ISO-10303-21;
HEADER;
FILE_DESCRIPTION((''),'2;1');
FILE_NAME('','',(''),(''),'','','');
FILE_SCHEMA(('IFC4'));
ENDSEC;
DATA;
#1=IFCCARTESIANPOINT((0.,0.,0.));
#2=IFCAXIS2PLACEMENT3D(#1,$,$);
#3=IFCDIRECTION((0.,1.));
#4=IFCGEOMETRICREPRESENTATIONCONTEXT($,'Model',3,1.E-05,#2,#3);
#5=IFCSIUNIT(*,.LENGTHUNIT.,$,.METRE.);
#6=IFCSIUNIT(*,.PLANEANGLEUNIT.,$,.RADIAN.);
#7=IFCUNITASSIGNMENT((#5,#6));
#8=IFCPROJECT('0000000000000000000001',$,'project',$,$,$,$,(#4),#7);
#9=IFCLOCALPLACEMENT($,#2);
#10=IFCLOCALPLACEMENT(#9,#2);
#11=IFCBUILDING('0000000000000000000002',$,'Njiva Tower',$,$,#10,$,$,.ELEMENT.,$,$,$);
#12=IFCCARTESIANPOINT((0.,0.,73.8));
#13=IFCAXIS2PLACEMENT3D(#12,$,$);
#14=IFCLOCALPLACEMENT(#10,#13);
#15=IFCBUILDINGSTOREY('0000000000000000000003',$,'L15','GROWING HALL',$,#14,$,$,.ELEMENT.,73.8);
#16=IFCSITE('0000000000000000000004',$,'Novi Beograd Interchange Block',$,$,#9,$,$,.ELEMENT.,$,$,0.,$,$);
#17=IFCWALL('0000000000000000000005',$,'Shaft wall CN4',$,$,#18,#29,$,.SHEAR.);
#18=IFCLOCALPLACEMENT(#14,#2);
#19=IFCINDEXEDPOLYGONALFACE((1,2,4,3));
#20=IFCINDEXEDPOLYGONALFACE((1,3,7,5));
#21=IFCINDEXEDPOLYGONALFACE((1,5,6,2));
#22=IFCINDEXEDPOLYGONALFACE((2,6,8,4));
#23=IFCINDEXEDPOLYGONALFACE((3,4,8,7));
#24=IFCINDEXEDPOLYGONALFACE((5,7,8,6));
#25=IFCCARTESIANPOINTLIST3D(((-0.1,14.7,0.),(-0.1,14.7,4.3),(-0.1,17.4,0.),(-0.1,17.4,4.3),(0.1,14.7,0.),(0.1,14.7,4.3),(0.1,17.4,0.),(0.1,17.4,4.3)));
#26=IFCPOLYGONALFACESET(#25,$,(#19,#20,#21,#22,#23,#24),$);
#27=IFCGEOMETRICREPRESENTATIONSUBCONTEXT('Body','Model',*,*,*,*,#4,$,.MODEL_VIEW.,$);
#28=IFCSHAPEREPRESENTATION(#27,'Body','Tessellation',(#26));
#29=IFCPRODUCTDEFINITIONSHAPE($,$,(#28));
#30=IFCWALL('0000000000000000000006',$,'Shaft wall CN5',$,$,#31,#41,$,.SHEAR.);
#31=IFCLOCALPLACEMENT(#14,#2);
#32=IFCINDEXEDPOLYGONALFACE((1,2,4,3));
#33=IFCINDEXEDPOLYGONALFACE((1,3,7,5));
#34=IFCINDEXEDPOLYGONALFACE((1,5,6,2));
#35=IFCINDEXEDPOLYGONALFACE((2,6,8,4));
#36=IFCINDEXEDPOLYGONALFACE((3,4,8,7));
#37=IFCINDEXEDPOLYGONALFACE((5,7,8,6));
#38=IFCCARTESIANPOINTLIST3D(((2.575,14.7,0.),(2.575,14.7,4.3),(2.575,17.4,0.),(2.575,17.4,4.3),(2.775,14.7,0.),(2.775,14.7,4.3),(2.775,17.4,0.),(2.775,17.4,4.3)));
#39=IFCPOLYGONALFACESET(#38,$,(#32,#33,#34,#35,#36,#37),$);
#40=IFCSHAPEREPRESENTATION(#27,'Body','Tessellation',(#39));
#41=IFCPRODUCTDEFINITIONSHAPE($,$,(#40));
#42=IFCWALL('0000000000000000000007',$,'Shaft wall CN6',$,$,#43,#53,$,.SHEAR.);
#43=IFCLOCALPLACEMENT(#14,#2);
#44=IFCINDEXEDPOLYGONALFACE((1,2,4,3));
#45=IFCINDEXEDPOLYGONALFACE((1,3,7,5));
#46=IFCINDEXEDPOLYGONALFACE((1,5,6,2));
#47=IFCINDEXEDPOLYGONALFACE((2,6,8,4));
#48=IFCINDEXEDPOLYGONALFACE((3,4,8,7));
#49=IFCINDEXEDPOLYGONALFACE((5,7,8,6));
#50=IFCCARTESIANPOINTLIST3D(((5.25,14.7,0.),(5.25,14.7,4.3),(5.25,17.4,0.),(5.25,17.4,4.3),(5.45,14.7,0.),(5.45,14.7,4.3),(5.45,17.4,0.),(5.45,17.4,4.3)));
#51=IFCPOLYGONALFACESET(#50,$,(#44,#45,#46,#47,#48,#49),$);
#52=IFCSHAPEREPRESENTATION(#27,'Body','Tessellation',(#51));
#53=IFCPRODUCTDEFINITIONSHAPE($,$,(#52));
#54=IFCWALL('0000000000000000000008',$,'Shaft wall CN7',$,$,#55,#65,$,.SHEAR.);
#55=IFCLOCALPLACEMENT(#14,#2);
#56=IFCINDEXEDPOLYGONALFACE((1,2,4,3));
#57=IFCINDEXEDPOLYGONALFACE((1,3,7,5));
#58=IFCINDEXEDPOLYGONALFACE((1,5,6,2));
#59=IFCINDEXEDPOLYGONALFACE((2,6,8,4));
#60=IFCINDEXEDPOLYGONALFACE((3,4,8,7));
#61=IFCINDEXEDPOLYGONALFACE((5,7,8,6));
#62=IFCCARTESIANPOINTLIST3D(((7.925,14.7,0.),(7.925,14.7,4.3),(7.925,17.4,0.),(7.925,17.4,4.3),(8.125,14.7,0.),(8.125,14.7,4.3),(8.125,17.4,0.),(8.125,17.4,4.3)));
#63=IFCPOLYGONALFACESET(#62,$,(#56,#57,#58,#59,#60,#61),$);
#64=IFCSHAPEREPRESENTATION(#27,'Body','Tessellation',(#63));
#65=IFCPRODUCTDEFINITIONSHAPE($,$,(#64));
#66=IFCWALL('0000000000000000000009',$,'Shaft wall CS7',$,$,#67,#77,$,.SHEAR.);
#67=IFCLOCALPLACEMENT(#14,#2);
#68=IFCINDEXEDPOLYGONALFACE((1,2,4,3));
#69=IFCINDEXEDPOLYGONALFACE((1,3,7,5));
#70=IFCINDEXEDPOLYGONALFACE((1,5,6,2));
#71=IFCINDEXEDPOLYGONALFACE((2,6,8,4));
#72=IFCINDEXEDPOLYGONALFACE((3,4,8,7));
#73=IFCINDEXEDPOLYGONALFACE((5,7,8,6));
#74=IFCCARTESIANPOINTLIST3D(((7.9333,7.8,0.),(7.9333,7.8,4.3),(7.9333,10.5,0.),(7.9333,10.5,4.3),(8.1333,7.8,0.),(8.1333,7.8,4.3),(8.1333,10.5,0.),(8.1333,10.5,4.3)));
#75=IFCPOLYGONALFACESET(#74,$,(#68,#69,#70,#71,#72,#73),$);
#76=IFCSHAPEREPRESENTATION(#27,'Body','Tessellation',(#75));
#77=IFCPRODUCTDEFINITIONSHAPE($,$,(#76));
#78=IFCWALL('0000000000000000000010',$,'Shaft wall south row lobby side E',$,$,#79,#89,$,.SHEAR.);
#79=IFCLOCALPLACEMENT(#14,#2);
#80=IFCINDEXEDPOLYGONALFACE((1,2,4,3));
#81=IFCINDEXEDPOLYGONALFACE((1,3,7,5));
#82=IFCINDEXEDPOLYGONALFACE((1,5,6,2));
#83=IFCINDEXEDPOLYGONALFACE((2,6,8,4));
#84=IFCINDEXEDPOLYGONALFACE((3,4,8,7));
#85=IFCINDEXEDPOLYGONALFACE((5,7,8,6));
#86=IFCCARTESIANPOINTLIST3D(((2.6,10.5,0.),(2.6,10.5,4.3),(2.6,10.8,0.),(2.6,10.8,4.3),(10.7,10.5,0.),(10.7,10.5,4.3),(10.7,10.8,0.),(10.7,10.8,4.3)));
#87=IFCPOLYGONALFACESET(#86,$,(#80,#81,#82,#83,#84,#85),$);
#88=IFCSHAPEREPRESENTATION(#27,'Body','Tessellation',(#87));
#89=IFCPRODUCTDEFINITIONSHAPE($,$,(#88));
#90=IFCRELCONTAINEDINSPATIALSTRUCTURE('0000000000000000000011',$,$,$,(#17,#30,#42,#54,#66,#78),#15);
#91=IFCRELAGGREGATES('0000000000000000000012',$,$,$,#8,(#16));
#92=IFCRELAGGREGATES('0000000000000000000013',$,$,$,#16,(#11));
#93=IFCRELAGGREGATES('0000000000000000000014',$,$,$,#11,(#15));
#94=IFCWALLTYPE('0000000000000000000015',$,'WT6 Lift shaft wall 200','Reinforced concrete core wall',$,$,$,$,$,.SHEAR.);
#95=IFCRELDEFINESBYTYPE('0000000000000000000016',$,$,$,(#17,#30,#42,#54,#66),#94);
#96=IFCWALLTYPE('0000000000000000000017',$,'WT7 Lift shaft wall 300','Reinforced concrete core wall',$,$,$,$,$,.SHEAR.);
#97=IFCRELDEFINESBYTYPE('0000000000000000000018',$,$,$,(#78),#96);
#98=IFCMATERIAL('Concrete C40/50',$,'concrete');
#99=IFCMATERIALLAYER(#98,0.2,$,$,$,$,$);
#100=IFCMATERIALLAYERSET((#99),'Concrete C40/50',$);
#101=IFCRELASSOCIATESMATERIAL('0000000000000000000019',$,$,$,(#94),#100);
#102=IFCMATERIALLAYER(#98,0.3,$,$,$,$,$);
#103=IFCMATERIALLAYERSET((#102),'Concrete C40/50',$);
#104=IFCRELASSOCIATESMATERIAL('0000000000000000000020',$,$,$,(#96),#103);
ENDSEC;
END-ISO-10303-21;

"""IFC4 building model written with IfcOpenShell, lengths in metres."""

from ifc_helpers import new_model, si_unit, direction, frame, frame_2d, origin, place, context, subcontext, project, spatial, rectangle, extrude, material, layer, layer_set, type_object, element, save


model = new_model("IFC4")

# Units and contexts
model_context = context("Model", 3, precision=1e-05, world=origin(), true_north=direction((0.0, 1.0)))
body_context = subcontext(model_context, "Body", "Model", "MODEL_VIEW")
ifc_project = project(units=[si_unit("LENGTHUNIT", "METRE"), si_unit("PLANEANGLEUNIT", "RADIAN")], contexts=[model_context])

# Site, building, storey
site_placement = place(None, origin())
site = spatial("IfcSite", under=ifc_project, at=site_placement, Name="Novi Beograd Interchange Block", CompositionType="ELEMENT", RefElevation=0.0)
building_placement = place(site_placement, origin())
building = spatial("IfcBuilding", under=site, at=building_placement, Name="Njiva Tower", CompositionType="ELEMENT")
storey_placement = place(building_placement, frame((0.0, 0.0, 73.8)))
storey = spatial("IfcBuildingStorey", under=building, at=storey_placement, Name="L15", Description="GROWING HALL", CompositionType="ELEMENT", Elevation=73.8)

# Shared definitions
ifc_material_1 = material(Name="Concrete C40/50", Category="concrete")

# Walls
ifc_layer_1 = layer(ifc_material_1, 0.2)
ifc_layer_set_1 = layer_set([ifc_layer_1], Name="Concrete C40/50")
wall_type_1 = type_object("IfcWallType", Name="WT6 Lift shaft wall 200", Description="Reinforced concrete core wall", PredefinedType="SHEAR", material=ifc_layer_set_1)
for number, where, z_axis, x_axis, name in (
    (1, (0.0, 14.7, 0.0), (0.0, 0.0, 1.0), (0.0, 1.0, 0.0), "Shaft wall CN4"),
    (2, (2.675, 14.7, 0.0), (0.0, 0.0, 1.0), (0.0, 1.0, 0.0), "Shaft wall CN5"),
    (3, (5.35, 14.7, 0.0), (0.0, 0.0, 1.0), (0.0, 1.0, 0.0), "Shaft wall CN6"),
    (4, (8.025, 14.7, 0.0), (0.0, 0.0, 1.0), (0.0, 1.0, 0.0), "Shaft wall CN7"),
    (5, (8.0333, 7.8, 0.0), (0.0, 0.0, 1.0), (0.0, 1.0, 0.0), "Shaft wall CS7"),
):
    element("IfcWall", number, at=place(storey_placement, frame(where, z_axis=z_axis, x_axis=x_axis)), inside=storey, type_object=wall_type_1, Name=name, PredefinedType="SHEAR", context=body_context, shape_type="SweptSolid", body=[
        extrude(rectangle(XDim=2.7, YDim=0.2, at=frame_2d((1.35, 0.0))), origin(), (0.0, 0.0, 1.0), 4.3),
    ])
ifc_layer_2 = layer(ifc_material_1, 0.3)
ifc_layer_set_2 = layer_set([ifc_layer_2], Name="Concrete C40/50")
wall_type_2 = type_object("IfcWallType", Name="WT7 Lift shaft wall 300", Description="Reinforced concrete core wall", PredefinedType="SHEAR", material=ifc_layer_set_2)
wall_1_placement = place(storey_placement, frame((2.6, 10.65, 0.0), z_axis=(0.0, 0.0, 1.0), x_axis=(1.0, 0.0, 0.0)))
element("IfcWall", 6, at=wall_1_placement, inside=storey, type_object=wall_type_2, Name="Shaft wall south row lobby side E", PredefinedType="SHEAR", context=body_context, shape_type="SweptSolid", body=[
    extrude(rectangle(XDim=8.1, YDim=0.3, at=frame_2d((4.05, 0.0))), origin(), (0.0, 0.0, 1.0), 4.3),
])

save(model, "model.ifc")
